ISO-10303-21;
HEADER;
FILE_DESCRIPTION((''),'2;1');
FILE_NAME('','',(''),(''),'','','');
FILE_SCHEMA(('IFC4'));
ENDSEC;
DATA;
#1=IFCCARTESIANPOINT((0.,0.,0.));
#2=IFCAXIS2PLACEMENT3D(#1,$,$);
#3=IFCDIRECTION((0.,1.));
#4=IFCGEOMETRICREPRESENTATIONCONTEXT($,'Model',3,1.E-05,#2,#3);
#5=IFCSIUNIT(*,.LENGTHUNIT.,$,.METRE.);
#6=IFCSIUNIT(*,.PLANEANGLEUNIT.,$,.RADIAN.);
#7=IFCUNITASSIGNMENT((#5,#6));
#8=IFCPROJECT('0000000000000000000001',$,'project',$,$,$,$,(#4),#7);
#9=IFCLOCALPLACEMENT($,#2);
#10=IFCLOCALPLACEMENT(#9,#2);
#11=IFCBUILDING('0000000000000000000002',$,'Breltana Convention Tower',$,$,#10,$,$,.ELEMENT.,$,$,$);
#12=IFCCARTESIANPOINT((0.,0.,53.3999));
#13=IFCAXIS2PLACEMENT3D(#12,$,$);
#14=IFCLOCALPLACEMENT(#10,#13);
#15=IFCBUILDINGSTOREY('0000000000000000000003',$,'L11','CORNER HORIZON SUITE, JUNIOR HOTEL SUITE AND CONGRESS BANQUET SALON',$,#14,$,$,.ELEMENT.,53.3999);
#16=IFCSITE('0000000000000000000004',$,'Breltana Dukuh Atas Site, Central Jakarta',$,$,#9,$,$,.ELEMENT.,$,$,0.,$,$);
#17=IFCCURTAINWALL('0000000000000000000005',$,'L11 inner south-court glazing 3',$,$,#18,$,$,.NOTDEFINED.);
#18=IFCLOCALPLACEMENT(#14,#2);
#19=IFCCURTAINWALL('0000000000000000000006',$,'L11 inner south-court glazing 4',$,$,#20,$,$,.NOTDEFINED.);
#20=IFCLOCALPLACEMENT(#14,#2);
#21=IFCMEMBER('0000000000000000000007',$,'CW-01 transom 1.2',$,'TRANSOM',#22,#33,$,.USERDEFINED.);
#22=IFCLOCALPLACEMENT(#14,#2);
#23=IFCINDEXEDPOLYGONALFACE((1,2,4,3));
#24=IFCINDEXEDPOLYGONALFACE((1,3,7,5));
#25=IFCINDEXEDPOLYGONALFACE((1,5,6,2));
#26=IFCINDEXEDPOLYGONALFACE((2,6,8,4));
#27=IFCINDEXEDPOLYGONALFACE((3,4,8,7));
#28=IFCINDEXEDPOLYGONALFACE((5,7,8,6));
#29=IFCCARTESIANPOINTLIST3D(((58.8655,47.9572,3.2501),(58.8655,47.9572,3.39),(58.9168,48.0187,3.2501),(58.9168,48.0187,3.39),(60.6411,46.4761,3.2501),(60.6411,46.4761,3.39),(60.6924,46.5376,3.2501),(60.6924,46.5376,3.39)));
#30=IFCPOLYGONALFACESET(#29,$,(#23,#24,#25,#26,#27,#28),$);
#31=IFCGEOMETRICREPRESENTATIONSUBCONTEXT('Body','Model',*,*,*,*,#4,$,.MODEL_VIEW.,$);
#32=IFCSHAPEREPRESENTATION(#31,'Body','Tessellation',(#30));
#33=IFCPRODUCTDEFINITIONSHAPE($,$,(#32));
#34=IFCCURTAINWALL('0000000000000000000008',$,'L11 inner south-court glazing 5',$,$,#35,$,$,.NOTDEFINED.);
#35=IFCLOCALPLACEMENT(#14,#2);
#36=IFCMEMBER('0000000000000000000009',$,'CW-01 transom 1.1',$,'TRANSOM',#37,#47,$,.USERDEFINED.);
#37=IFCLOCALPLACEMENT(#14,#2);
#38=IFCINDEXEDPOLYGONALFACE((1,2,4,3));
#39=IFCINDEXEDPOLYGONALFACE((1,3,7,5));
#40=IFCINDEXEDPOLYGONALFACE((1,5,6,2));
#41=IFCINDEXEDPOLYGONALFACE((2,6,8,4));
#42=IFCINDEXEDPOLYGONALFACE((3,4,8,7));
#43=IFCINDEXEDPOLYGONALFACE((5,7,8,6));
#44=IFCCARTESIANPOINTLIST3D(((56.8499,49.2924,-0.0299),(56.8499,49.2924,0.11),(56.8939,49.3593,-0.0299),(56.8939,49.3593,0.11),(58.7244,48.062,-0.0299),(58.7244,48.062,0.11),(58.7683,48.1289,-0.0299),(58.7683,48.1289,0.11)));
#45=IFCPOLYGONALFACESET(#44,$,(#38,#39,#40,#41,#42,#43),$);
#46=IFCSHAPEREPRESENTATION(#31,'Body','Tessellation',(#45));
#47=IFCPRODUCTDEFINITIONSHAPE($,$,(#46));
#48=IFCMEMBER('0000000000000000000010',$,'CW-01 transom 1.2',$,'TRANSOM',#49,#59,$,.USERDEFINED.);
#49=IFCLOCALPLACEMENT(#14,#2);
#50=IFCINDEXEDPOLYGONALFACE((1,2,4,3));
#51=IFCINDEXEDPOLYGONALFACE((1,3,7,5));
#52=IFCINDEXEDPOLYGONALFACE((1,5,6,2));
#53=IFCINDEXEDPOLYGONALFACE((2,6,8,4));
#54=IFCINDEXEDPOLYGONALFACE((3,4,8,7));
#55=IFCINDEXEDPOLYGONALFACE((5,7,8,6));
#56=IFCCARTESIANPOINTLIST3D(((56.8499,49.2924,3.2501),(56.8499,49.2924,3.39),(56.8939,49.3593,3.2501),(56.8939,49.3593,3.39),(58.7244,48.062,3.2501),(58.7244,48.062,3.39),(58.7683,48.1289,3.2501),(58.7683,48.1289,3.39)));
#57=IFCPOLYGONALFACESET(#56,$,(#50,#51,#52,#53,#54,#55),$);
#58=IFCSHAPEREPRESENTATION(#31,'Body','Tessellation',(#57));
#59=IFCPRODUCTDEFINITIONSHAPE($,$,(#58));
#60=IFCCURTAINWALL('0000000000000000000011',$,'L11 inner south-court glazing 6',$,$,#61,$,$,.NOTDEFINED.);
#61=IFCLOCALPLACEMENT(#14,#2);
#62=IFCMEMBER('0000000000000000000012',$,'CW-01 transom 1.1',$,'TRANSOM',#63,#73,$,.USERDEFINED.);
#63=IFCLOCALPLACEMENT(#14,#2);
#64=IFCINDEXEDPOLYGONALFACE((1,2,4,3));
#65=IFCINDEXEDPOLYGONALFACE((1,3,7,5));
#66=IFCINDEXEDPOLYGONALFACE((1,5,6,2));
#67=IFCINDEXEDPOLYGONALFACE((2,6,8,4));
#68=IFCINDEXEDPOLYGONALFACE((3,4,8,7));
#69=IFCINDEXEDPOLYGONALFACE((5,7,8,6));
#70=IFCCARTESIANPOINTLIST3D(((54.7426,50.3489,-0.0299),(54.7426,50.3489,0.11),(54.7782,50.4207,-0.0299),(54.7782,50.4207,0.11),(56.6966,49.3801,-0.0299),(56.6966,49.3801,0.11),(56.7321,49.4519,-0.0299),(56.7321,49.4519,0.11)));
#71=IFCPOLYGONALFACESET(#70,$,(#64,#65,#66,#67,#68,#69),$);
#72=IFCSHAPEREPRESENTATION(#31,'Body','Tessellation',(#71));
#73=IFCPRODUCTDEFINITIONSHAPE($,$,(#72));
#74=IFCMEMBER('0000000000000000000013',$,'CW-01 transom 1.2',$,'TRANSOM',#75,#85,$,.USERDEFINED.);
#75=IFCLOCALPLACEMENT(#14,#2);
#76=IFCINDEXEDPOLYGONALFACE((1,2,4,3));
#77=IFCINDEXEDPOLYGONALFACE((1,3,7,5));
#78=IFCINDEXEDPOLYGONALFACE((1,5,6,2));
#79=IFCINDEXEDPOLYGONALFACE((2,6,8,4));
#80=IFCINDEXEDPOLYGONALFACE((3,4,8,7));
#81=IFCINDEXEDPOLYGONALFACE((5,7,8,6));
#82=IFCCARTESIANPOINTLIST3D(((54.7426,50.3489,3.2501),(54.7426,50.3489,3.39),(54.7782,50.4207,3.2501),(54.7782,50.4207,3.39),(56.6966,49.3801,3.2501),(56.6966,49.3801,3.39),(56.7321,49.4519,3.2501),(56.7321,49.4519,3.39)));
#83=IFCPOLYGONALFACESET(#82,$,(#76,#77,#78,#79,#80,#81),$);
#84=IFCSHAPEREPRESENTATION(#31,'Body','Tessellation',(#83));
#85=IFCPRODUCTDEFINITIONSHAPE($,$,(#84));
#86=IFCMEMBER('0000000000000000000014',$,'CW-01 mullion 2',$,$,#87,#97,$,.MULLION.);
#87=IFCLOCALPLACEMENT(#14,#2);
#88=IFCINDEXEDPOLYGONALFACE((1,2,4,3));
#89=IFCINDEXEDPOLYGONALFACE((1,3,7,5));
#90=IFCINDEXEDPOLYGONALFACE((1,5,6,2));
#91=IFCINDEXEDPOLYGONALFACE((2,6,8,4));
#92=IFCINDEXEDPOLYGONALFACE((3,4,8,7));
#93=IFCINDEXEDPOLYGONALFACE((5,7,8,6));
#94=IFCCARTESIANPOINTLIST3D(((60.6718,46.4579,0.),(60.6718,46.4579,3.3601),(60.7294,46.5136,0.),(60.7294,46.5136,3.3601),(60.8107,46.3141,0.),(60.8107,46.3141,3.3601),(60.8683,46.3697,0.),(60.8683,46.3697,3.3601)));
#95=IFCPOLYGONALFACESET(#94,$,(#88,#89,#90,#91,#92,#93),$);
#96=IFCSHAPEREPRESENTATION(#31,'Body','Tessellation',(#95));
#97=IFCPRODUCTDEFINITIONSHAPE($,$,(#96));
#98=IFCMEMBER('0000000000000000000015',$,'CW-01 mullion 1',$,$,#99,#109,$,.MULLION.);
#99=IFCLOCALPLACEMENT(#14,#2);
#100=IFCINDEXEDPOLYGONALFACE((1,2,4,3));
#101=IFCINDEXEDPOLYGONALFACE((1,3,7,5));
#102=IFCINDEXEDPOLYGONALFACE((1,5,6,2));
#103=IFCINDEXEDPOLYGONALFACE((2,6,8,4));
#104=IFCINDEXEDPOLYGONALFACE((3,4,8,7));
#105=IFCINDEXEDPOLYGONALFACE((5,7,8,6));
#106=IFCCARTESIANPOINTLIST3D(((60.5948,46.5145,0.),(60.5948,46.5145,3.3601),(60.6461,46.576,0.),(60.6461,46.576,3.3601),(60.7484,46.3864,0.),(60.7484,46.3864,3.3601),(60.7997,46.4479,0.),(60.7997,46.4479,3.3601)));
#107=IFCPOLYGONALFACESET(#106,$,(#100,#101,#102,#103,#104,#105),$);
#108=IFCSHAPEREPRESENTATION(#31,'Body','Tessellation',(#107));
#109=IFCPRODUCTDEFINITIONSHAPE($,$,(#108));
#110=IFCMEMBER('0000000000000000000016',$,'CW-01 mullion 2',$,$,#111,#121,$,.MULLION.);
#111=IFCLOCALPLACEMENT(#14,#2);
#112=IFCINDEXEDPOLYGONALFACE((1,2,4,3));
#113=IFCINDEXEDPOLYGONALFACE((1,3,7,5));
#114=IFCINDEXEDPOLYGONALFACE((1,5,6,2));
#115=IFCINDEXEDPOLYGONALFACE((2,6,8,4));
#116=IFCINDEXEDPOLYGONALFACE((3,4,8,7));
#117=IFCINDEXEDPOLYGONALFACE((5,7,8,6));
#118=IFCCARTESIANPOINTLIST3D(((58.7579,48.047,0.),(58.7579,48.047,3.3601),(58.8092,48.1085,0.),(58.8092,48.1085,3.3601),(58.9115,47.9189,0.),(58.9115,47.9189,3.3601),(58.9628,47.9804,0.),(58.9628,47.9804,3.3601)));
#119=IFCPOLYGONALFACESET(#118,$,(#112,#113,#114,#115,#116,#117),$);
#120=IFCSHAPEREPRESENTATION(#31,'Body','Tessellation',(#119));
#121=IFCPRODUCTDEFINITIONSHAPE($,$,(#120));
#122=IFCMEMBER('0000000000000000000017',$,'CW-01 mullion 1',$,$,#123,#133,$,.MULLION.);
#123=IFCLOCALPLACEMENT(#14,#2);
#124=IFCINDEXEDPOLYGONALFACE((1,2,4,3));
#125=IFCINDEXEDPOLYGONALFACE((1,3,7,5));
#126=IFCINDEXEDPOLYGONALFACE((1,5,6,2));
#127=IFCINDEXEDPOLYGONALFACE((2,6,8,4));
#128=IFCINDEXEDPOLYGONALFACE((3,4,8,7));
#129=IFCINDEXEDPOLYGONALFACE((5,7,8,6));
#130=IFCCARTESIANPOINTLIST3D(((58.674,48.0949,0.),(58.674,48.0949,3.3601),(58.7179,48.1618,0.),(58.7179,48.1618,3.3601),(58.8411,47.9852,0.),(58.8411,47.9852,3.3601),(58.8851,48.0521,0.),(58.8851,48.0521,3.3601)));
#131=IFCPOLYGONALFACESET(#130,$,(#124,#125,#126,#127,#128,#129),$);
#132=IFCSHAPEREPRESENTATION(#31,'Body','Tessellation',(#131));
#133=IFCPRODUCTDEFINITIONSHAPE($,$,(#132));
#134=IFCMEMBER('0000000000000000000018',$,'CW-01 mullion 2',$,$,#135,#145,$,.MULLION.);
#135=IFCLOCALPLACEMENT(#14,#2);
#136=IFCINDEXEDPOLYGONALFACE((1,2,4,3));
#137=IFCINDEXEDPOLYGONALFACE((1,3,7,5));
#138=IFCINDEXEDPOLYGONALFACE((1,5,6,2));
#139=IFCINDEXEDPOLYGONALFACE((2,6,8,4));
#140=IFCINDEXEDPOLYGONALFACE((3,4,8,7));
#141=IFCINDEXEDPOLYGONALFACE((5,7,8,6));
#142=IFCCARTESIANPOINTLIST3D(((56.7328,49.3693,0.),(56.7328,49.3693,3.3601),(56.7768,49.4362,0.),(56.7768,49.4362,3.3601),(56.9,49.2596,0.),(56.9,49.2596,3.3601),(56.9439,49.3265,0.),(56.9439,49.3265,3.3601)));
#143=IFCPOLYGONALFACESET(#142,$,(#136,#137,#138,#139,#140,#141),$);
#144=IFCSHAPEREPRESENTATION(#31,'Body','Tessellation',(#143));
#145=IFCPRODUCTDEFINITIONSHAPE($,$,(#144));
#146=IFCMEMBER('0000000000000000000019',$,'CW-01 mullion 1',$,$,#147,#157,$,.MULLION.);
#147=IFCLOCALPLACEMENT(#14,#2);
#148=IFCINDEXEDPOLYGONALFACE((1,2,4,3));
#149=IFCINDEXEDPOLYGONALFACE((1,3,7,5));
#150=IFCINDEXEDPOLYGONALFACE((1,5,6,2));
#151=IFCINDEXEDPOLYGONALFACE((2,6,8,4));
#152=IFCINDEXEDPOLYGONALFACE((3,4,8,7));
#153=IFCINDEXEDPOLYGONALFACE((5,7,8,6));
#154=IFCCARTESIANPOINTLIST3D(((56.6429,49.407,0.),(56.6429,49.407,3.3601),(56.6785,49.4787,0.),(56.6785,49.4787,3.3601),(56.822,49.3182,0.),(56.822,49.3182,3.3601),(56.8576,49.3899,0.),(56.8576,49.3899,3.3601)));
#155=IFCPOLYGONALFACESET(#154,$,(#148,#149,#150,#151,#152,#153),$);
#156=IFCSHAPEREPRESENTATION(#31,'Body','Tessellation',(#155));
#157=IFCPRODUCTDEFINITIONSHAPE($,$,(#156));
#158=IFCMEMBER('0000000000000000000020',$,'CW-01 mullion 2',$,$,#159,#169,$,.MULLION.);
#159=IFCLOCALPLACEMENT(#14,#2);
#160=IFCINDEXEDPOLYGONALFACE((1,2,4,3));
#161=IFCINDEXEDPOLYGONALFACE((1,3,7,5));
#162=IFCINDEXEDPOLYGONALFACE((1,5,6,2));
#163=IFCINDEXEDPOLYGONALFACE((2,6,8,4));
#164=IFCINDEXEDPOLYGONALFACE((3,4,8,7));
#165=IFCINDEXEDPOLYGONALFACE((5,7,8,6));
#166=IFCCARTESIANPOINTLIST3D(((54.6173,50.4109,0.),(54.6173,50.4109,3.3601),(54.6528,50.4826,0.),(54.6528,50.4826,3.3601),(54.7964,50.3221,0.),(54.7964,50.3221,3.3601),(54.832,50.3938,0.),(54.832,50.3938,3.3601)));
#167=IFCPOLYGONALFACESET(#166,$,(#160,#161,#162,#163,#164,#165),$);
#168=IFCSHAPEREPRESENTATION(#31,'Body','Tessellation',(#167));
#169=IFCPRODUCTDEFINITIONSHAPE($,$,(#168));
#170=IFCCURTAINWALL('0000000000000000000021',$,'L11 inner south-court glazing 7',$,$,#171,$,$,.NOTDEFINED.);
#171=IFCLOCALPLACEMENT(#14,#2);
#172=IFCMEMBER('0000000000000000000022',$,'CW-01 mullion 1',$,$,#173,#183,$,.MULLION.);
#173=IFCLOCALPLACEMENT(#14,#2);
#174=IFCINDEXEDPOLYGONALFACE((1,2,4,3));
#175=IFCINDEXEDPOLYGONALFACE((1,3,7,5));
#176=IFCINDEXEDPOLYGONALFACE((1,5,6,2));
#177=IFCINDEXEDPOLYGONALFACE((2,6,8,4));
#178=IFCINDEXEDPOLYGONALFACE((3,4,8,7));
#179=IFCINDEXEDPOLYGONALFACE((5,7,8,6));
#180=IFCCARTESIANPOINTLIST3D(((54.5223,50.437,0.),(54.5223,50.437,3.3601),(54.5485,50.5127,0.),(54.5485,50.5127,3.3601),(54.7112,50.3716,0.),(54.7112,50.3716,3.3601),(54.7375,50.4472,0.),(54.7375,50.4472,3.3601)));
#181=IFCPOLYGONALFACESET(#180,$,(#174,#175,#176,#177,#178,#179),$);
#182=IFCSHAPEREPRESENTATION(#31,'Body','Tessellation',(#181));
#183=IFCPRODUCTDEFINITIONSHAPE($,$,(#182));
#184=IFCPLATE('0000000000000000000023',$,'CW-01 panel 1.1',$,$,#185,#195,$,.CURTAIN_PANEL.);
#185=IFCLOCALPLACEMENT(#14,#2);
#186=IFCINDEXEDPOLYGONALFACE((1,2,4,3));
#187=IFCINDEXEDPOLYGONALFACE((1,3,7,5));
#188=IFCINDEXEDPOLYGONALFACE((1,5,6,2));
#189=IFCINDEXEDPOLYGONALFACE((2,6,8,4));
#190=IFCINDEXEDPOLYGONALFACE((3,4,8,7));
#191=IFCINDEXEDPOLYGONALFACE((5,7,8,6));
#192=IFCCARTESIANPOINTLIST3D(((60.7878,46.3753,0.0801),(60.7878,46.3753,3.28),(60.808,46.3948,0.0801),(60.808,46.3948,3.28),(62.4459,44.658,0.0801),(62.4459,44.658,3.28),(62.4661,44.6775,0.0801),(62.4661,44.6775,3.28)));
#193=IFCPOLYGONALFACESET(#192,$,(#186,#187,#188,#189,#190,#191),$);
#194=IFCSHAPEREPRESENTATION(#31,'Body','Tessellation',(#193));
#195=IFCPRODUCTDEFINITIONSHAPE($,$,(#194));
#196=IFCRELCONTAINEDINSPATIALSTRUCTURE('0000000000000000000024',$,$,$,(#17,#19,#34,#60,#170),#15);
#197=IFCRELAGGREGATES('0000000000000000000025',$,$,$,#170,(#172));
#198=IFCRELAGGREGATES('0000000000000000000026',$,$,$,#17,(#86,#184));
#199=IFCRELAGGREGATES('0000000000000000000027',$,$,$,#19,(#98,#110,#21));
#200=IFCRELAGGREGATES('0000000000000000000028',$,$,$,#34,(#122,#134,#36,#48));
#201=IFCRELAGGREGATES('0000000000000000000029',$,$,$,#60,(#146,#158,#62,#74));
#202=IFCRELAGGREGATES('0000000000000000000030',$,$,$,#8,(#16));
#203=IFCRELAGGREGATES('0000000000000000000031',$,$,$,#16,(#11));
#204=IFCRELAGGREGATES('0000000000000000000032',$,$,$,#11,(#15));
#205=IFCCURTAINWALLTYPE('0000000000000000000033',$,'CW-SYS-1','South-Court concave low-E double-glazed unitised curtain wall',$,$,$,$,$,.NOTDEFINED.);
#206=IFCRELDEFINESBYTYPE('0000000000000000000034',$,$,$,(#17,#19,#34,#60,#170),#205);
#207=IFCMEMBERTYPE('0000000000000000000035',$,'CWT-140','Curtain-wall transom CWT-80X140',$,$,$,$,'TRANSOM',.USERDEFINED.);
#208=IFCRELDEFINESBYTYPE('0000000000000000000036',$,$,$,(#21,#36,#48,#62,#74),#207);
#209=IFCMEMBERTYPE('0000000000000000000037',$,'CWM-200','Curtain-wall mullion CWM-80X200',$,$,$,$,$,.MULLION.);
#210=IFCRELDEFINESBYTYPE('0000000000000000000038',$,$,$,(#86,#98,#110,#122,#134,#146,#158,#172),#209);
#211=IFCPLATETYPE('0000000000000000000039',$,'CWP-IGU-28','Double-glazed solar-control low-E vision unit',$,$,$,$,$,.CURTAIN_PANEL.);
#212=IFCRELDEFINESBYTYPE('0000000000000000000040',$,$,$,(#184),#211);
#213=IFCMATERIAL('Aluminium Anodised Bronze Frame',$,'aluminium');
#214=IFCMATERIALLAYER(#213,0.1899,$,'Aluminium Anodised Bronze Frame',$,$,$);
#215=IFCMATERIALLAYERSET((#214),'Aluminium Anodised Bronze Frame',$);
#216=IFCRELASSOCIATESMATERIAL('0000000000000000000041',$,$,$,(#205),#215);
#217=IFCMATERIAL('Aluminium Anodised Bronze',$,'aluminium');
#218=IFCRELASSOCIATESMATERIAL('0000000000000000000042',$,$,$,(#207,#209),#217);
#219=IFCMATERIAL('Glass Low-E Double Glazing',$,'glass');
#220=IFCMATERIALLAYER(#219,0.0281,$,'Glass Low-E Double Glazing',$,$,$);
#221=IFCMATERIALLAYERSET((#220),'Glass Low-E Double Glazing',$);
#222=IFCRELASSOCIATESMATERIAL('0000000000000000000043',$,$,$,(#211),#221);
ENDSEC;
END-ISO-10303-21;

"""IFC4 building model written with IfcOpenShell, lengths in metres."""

from ifc_helpers import new_model, si_unit, direction, frame, origin, origin_2d, place, context, subcontext, project, spatial, rectangle, extrude, source, transform, mapped, material, layer, layer_set, material_profile, profile_set, type_object, element, aggregate, save


model = new_model("IFC4")

# Units and contexts
model_context = context("Model", 3, precision=1e-05, world=origin(), true_north=direction((0.0, 1.0)))
body_context = subcontext(model_context, "Body", "Model", "MODEL_VIEW")
ifc_project = project(units=[si_unit("LENGTHUNIT", "METRE"), si_unit("PLANEANGLEUNIT", "RADIAN")], contexts=[model_context])

# Site, building, storey
site_placement = place(None, origin())
site = spatial("IfcSite", under=ifc_project, at=site_placement, Name="Breltana Dukuh Atas Site, Central Jakarta", CompositionType="ELEMENT", RefElevation=0.0)
building_placement = place(site_placement, origin())
building = spatial("IfcBuilding", under=site, at=building_placement, Name="Breltana Convention Tower", CompositionType="ELEMENT")
storey_placement = place(building_placement, frame((0.0, 0.0, 53.3999)))
storey = spatial("IfcBuildingStorey", under=building, at=storey_placement, Name="L11", Description="CORNER HORIZON SUITE, JUNIOR HOTEL SUITE AND CONGRESS BANQUET SALON", CompositionType="ELEMENT", Elevation=53.3999)

# Curtain wall
ifc_material_1 = material(Name="Aluminium Anodised Bronze Frame", Category="aluminium")
ifc_layer_1 = layer(ifc_material_1, 0.1899, Name="Aluminium Anodised Bronze Frame")
ifc_layer_set_1 = layer_set([ifc_layer_1], Name="Aluminium Anodised Bronze Frame")
curtain_wall_type = type_object("IfcCurtainWallType", Name="CW-SYS-1", Description="South-Court concave low-E double-glazed unitised curtain wall", PredefinedType="NOTDEFINED", material=ifc_layer_set_1)
curtain_wall_1_placement = place(storey_placement, origin())
curtain_wall_1 = element("IfcCurtainWall", 1, at=curtain_wall_1_placement, inside=storey, type_object=curtain_wall_type, Name="L11 inner south-court glazing 3", PredefinedType="NOTDEFINED")
ifc_material_2 = material(Name="Aluminium Anodised Bronze", Category="aluminium")
ifc_material_profile_1 = material_profile(ifc_material_2, rectangle(XDim=0.0801, YDim=0.1399, at=origin_2d()), Name="CWT-80X140")
ifc_profile_set_1 = profile_set([ifc_material_profile_1], Name="Aluminium Anodised Bronze")
member_type_1 = type_object("IfcMemberType", Name="CWT-140", Description="Curtain-wall transom CWT-80X140", ElementType="TRANSOM", PredefinedType="USERDEFINED", material=ifc_profile_set_1)

# Curtain walls, members
curtain_wall_2_placement = place(storey_placement, origin())
curtain_wall_2 = element("IfcCurtainWall", 2, at=curtain_wall_2_placement, inside=storey, type_object=curtain_wall_type, Name="L11 inner south-court glazing 4", PredefinedType="NOTDEFINED")
shared_shape_1 = source(origin(), body_context, "Body", "SweptSolid", [
    extrude(rectangle(XDim=0.0801, YDim=0.1399, at=origin_2d()), origin(), (0.0, 0.0, 1.0), 2.3123),
])
member_1_placement = place(storey_placement, frame((60.6667, 46.5068, 3.3201), z_axis=(-0.767901, 0.640569, 0.0), x_axis=(-0.640569, -0.767901, 0.0)))
member_1 = element("IfcMember", 3, at=member_1_placement, type_object=member_type_1, Name="CW-01 transom 1.2", ObjectType="TRANSOM", PredefinedType="USERDEFINED", context=body_context, shape_type="MappedRepresentation", body=[
    mapped(shared_shape_1, transform((0.0, 0.0, 0.0), scale=1.0)),
])
curtain_wall_3_placement = place(storey_placement, origin())
curtain_wall_3 = element("IfcCurtainWall", 4, at=curtain_wall_3_placement, inside=storey, type_object=curtain_wall_type, Name="L11 inner south-court glazing 5", PredefinedType="NOTDEFINED")
shared_shape_2 = source(origin(), body_context, "Body", "SweptSolid", [
    extrude(rectangle(XDim=0.0801, YDim=0.1399, at=origin_2d()), origin(), (0.0, 0.0, 1.0), 2.2422),
])
member_2_placement = place(storey_placement, frame((58.7463, 48.0955, 0.04), z_axis=(-0.835982, 0.548756, 0.0), x_axis=(-0.548756, -0.835982, 0.0)))
member_2 = element("IfcMember", 5, at=member_2_placement, type_object=member_type_1, Name="CW-01 transom 1.1", ObjectType="TRANSOM", PredefinedType="USERDEFINED", context=body_context, shape_type="MappedRepresentation", body=[
    mapped(shared_shape_2, transform((0.0, 0.0, 0.0), scale=1.0)),
])
member_3_placement = place(storey_placement, frame((58.7463, 48.0955, 3.3201), z_axis=(-0.835982, 0.548756, 0.0), x_axis=(-0.548756, -0.835982, 0.0)))
member_3 = element("IfcMember", 6, at=member_3_placement, type_object=member_type_1, Name="CW-01 transom 1.2", ObjectType="TRANSOM", PredefinedType="USERDEFINED", context=body_context, shape_type="MappedRepresentation", body=[
    mapped(shared_shape_2, transform((0.0, 0.0, 0.0), scale=1.0)),
])
curtain_wall_4_placement = place(storey_placement, origin())
curtain_wall_4 = element("IfcCurtainWall", 7, at=curtain_wall_4_placement, inside=storey, type_object=curtain_wall_type, Name="L11 inner south-court glazing 6", PredefinedType="NOTDEFINED")
shared_shape_3 = source(origin(), body_context, "Body", "SweptSolid", [
    extrude(rectangle(XDim=0.0801, YDim=0.1399, at=origin_2d()), origin(), (0.0, 0.0, 1.0), 2.1809),
])
member_4_placement = place(storey_placement, frame((56.7144, 49.416, 0.04), z_axis=(-0.895922, 0.444211, 0.0), x_axis=(-0.444211, -0.895922, 0.0)))
member_4 = element("IfcMember", 8, at=member_4_placement, type_object=member_type_1, Name="CW-01 transom 1.1", ObjectType="TRANSOM", PredefinedType="USERDEFINED", context=body_context, shape_type="MappedRepresentation", body=[
    mapped(shared_shape_3, transform((0.0, 0.0, 0.0), scale=1.0)),
])
member_5_placement = place(storey_placement, frame((56.7144, 49.416, 3.3201), z_axis=(-0.895922, 0.444211, 0.0), x_axis=(-0.444211, -0.895922, 0.0)))
member_5 = element("IfcMember", 9, at=member_5_placement, type_object=member_type_1, Name="CW-01 transom 1.2", ObjectType="TRANSOM", PredefinedType="USERDEFINED", context=body_context, shape_type="MappedRepresentation", body=[
    mapped(shared_shape_3, transform((0.0, 0.0, 0.0), scale=1.0)),
])

# Members
ifc_material_profile_2 = material_profile(ifc_material_2, rectangle(XDim=0.0801, YDim=0.2, at=origin_2d()), Name="CWM-80X200")
ifc_profile_set_2 = profile_set([ifc_material_profile_2], Name="Aluminium Anodised Bronze")
member_type_2 = type_object("IfcMemberType", Name="CWM-200", Description="Curtain-wall mullion CWM-80X200", PredefinedType="MULLION", material=ifc_profile_set_2)
shared_shape_4 = source(origin(), body_context, "Body", "SweptSolid", [
    extrude(rectangle(XDim=0.0801, YDim=0.2, at=origin_2d()), origin(), (0.0, 0.0, 1.0), 3.3601),
])
member_6_placement = place(storey_placement, frame((60.77, 46.4138, 0.0), z_axis=(0.0, 0.0, 1.0), x_axis=(-0.719385, -0.694612, 0.0)))
member_6 = element("IfcMember", 10, at=member_6_placement, type_object=member_type_2, Name="CW-01 mullion 2", PredefinedType="MULLION", context=body_context, shape_type="MappedRepresentation", body=[
    mapped(shared_shape_4, transform((0.0, 0.0, 0.0), scale=1.0)),
])
member_7_placement = place(storey_placement, frame((60.6973, 46.4812, 0.0), z_axis=(0.0, 0.0, 1.0), x_axis=(-0.640523, -0.767939, 0.0)))
member_7 = element("IfcMember", 11, at=member_7_placement, type_object=member_type_2, Name="CW-01 mullion 1", PredefinedType="MULLION", context=body_context, shape_type="MappedRepresentation", body=[
    mapped(shared_shape_4, transform((0.0, 0.0, 0.0), scale=1.0)),
])
member_8_placement = place(storey_placement, frame((58.8604, 48.0137, 0.0), z_axis=(0.0, 0.0, 1.0), x_axis=(-0.640523, -0.767939, 0.0)))
member_8 = element("IfcMember", 12, at=member_8_placement, type_object=member_type_2, Name="CW-01 mullion 2", PredefinedType="MULLION", context=body_context, shape_type="MappedRepresentation", body=[
    mapped(shared_shape_4, transform((0.0, 0.0, 0.0), scale=1.0)),
])
member_9_placement = place(storey_placement, frame((58.7795, 48.0735, 0.0), z_axis=(0.0, 0.0, 1.0), x_axis=(-0.548778, -0.835968, 0.0)))
member_9 = element("IfcMember", 13, at=member_9_placement, type_object=member_type_2, Name="CW-01 mullion 1", PredefinedType="MULLION", context=body_context, shape_type="MappedRepresentation", body=[
    mapped(shared_shape_4, transform((0.0, 0.0, 0.0), scale=1.0)),
])
member_10_placement = place(storey_placement, frame((56.8384, 49.3479, 0.0), z_axis=(0.0, 0.0, 1.0), x_axis=(-0.548778, -0.835968, 0.0)))
member_10 = element("IfcMember", 14, at=member_10_placement, type_object=member_type_2, Name="CW-01 mullion 2", PredefinedType="MULLION", context=body_context, shape_type="MappedRepresentation", body=[
    mapped(shared_shape_4, transform((0.0, 0.0, 0.0), scale=1.0)),
])
member_11_placement = place(storey_placement, frame((56.7502, 49.3984, 0.0), z_axis=(0.0, 0.0, 1.0), x_axis=(-0.444118, -0.895968, 0.0)))
member_11 = element("IfcMember", 15, at=member_11_placement, type_object=member_type_2, Name="CW-01 mullion 1", PredefinedType="MULLION", context=body_context, shape_type="MappedRepresentation", body=[
    mapped(shared_shape_4, transform((0.0, 0.0, 0.0), scale=1.0)),
])
member_12_placement = place(storey_placement, frame((54.7246, 50.4023, 0.0), z_axis=(0.0, 0.0, 1.0), x_axis=(-0.444118, -0.895968, 0.0)))
member_12 = element("IfcMember", 16, at=member_12_placement, type_object=member_type_2, Name="CW-01 mullion 2", PredefinedType="MULLION", context=body_context, shape_type="MappedRepresentation", body=[
    mapped(shared_shape_4, transform((0.0, 0.0, 0.0), scale=1.0)),
])

# Curtain wall, member
curtain_wall_5_placement = place(storey_placement, origin())
curtain_wall_5 = element("IfcCurtainWall", 17, at=curtain_wall_5_placement, inside=storey, type_object=curtain_wall_type, Name="L11 inner south-court glazing 7", PredefinedType="NOTDEFINED")
member_13_placement = place(storey_placement, frame((54.6299, 50.4421, 0.0), z_axis=(0.0, 0.0, 1.0), x_axis=(-0.327413, -0.944881, 0.0)))
member_13 = element("IfcMember", 18, at=member_13_placement, type_object=member_type_2, Name="CW-01 mullion 1", PredefinedType="MULLION", context=body_context, shape_type="MappedRepresentation", body=[
    mapped(shared_shape_4, transform((0.0, 0.0, 0.0), scale=1.0)),
])
aggregate(curtain_wall_5, [member_13])

# Plate
ifc_material_3 = material(Name="Glass Low-E Double Glazing", Category="glass")
ifc_layer_2 = layer(ifc_material_3, 0.0281, Name="Glass Low-E Double Glazing")
ifc_layer_set_2 = layer_set([ifc_layer_2], Name="Glass Low-E Double Glazing")
plate_type = type_object("IfcPlateType", Name="CWP-IGU-28", Description="Double-glazed solar-control low-E vision unit", PredefinedType="CURTAIN_PANEL", material=ifc_layer_set_2)
shared_shape_5 = source(origin(), body_context, "Body", "SweptSolid", [
    extrude(rectangle(XDim=2.3872, YDim=0.0281, at=origin_2d()), origin(), (0.0, 0.0, 1.0), 3.2),
])
plate_1_placement = place(storey_placement, frame((61.627, 45.5264, 0.0801), z_axis=(0.0, 0.0, 1.0), x_axis=(-0.694612, 0.719385, 0.0)))
plate_1 = element("IfcPlate", 19, at=plate_1_placement, type_object=plate_type, Name="CW-01 panel 1.1", PredefinedType="CURTAIN_PANEL", context=body_context, shape_type="MappedRepresentation", body=[
    mapped(shared_shape_5, transform((0.0, 0.0, 0.0), scale=1.0)),
])
aggregate(curtain_wall_1, [member_6, plate_1])
aggregate(curtain_wall_2, [member_7, member_8, member_1])
aggregate(curtain_wall_3, [member_9, member_10, member_2, member_3])
aggregate(curtain_wall_4, [member_11, member_12, member_4, member_5])

save(model, "model.ifc")
